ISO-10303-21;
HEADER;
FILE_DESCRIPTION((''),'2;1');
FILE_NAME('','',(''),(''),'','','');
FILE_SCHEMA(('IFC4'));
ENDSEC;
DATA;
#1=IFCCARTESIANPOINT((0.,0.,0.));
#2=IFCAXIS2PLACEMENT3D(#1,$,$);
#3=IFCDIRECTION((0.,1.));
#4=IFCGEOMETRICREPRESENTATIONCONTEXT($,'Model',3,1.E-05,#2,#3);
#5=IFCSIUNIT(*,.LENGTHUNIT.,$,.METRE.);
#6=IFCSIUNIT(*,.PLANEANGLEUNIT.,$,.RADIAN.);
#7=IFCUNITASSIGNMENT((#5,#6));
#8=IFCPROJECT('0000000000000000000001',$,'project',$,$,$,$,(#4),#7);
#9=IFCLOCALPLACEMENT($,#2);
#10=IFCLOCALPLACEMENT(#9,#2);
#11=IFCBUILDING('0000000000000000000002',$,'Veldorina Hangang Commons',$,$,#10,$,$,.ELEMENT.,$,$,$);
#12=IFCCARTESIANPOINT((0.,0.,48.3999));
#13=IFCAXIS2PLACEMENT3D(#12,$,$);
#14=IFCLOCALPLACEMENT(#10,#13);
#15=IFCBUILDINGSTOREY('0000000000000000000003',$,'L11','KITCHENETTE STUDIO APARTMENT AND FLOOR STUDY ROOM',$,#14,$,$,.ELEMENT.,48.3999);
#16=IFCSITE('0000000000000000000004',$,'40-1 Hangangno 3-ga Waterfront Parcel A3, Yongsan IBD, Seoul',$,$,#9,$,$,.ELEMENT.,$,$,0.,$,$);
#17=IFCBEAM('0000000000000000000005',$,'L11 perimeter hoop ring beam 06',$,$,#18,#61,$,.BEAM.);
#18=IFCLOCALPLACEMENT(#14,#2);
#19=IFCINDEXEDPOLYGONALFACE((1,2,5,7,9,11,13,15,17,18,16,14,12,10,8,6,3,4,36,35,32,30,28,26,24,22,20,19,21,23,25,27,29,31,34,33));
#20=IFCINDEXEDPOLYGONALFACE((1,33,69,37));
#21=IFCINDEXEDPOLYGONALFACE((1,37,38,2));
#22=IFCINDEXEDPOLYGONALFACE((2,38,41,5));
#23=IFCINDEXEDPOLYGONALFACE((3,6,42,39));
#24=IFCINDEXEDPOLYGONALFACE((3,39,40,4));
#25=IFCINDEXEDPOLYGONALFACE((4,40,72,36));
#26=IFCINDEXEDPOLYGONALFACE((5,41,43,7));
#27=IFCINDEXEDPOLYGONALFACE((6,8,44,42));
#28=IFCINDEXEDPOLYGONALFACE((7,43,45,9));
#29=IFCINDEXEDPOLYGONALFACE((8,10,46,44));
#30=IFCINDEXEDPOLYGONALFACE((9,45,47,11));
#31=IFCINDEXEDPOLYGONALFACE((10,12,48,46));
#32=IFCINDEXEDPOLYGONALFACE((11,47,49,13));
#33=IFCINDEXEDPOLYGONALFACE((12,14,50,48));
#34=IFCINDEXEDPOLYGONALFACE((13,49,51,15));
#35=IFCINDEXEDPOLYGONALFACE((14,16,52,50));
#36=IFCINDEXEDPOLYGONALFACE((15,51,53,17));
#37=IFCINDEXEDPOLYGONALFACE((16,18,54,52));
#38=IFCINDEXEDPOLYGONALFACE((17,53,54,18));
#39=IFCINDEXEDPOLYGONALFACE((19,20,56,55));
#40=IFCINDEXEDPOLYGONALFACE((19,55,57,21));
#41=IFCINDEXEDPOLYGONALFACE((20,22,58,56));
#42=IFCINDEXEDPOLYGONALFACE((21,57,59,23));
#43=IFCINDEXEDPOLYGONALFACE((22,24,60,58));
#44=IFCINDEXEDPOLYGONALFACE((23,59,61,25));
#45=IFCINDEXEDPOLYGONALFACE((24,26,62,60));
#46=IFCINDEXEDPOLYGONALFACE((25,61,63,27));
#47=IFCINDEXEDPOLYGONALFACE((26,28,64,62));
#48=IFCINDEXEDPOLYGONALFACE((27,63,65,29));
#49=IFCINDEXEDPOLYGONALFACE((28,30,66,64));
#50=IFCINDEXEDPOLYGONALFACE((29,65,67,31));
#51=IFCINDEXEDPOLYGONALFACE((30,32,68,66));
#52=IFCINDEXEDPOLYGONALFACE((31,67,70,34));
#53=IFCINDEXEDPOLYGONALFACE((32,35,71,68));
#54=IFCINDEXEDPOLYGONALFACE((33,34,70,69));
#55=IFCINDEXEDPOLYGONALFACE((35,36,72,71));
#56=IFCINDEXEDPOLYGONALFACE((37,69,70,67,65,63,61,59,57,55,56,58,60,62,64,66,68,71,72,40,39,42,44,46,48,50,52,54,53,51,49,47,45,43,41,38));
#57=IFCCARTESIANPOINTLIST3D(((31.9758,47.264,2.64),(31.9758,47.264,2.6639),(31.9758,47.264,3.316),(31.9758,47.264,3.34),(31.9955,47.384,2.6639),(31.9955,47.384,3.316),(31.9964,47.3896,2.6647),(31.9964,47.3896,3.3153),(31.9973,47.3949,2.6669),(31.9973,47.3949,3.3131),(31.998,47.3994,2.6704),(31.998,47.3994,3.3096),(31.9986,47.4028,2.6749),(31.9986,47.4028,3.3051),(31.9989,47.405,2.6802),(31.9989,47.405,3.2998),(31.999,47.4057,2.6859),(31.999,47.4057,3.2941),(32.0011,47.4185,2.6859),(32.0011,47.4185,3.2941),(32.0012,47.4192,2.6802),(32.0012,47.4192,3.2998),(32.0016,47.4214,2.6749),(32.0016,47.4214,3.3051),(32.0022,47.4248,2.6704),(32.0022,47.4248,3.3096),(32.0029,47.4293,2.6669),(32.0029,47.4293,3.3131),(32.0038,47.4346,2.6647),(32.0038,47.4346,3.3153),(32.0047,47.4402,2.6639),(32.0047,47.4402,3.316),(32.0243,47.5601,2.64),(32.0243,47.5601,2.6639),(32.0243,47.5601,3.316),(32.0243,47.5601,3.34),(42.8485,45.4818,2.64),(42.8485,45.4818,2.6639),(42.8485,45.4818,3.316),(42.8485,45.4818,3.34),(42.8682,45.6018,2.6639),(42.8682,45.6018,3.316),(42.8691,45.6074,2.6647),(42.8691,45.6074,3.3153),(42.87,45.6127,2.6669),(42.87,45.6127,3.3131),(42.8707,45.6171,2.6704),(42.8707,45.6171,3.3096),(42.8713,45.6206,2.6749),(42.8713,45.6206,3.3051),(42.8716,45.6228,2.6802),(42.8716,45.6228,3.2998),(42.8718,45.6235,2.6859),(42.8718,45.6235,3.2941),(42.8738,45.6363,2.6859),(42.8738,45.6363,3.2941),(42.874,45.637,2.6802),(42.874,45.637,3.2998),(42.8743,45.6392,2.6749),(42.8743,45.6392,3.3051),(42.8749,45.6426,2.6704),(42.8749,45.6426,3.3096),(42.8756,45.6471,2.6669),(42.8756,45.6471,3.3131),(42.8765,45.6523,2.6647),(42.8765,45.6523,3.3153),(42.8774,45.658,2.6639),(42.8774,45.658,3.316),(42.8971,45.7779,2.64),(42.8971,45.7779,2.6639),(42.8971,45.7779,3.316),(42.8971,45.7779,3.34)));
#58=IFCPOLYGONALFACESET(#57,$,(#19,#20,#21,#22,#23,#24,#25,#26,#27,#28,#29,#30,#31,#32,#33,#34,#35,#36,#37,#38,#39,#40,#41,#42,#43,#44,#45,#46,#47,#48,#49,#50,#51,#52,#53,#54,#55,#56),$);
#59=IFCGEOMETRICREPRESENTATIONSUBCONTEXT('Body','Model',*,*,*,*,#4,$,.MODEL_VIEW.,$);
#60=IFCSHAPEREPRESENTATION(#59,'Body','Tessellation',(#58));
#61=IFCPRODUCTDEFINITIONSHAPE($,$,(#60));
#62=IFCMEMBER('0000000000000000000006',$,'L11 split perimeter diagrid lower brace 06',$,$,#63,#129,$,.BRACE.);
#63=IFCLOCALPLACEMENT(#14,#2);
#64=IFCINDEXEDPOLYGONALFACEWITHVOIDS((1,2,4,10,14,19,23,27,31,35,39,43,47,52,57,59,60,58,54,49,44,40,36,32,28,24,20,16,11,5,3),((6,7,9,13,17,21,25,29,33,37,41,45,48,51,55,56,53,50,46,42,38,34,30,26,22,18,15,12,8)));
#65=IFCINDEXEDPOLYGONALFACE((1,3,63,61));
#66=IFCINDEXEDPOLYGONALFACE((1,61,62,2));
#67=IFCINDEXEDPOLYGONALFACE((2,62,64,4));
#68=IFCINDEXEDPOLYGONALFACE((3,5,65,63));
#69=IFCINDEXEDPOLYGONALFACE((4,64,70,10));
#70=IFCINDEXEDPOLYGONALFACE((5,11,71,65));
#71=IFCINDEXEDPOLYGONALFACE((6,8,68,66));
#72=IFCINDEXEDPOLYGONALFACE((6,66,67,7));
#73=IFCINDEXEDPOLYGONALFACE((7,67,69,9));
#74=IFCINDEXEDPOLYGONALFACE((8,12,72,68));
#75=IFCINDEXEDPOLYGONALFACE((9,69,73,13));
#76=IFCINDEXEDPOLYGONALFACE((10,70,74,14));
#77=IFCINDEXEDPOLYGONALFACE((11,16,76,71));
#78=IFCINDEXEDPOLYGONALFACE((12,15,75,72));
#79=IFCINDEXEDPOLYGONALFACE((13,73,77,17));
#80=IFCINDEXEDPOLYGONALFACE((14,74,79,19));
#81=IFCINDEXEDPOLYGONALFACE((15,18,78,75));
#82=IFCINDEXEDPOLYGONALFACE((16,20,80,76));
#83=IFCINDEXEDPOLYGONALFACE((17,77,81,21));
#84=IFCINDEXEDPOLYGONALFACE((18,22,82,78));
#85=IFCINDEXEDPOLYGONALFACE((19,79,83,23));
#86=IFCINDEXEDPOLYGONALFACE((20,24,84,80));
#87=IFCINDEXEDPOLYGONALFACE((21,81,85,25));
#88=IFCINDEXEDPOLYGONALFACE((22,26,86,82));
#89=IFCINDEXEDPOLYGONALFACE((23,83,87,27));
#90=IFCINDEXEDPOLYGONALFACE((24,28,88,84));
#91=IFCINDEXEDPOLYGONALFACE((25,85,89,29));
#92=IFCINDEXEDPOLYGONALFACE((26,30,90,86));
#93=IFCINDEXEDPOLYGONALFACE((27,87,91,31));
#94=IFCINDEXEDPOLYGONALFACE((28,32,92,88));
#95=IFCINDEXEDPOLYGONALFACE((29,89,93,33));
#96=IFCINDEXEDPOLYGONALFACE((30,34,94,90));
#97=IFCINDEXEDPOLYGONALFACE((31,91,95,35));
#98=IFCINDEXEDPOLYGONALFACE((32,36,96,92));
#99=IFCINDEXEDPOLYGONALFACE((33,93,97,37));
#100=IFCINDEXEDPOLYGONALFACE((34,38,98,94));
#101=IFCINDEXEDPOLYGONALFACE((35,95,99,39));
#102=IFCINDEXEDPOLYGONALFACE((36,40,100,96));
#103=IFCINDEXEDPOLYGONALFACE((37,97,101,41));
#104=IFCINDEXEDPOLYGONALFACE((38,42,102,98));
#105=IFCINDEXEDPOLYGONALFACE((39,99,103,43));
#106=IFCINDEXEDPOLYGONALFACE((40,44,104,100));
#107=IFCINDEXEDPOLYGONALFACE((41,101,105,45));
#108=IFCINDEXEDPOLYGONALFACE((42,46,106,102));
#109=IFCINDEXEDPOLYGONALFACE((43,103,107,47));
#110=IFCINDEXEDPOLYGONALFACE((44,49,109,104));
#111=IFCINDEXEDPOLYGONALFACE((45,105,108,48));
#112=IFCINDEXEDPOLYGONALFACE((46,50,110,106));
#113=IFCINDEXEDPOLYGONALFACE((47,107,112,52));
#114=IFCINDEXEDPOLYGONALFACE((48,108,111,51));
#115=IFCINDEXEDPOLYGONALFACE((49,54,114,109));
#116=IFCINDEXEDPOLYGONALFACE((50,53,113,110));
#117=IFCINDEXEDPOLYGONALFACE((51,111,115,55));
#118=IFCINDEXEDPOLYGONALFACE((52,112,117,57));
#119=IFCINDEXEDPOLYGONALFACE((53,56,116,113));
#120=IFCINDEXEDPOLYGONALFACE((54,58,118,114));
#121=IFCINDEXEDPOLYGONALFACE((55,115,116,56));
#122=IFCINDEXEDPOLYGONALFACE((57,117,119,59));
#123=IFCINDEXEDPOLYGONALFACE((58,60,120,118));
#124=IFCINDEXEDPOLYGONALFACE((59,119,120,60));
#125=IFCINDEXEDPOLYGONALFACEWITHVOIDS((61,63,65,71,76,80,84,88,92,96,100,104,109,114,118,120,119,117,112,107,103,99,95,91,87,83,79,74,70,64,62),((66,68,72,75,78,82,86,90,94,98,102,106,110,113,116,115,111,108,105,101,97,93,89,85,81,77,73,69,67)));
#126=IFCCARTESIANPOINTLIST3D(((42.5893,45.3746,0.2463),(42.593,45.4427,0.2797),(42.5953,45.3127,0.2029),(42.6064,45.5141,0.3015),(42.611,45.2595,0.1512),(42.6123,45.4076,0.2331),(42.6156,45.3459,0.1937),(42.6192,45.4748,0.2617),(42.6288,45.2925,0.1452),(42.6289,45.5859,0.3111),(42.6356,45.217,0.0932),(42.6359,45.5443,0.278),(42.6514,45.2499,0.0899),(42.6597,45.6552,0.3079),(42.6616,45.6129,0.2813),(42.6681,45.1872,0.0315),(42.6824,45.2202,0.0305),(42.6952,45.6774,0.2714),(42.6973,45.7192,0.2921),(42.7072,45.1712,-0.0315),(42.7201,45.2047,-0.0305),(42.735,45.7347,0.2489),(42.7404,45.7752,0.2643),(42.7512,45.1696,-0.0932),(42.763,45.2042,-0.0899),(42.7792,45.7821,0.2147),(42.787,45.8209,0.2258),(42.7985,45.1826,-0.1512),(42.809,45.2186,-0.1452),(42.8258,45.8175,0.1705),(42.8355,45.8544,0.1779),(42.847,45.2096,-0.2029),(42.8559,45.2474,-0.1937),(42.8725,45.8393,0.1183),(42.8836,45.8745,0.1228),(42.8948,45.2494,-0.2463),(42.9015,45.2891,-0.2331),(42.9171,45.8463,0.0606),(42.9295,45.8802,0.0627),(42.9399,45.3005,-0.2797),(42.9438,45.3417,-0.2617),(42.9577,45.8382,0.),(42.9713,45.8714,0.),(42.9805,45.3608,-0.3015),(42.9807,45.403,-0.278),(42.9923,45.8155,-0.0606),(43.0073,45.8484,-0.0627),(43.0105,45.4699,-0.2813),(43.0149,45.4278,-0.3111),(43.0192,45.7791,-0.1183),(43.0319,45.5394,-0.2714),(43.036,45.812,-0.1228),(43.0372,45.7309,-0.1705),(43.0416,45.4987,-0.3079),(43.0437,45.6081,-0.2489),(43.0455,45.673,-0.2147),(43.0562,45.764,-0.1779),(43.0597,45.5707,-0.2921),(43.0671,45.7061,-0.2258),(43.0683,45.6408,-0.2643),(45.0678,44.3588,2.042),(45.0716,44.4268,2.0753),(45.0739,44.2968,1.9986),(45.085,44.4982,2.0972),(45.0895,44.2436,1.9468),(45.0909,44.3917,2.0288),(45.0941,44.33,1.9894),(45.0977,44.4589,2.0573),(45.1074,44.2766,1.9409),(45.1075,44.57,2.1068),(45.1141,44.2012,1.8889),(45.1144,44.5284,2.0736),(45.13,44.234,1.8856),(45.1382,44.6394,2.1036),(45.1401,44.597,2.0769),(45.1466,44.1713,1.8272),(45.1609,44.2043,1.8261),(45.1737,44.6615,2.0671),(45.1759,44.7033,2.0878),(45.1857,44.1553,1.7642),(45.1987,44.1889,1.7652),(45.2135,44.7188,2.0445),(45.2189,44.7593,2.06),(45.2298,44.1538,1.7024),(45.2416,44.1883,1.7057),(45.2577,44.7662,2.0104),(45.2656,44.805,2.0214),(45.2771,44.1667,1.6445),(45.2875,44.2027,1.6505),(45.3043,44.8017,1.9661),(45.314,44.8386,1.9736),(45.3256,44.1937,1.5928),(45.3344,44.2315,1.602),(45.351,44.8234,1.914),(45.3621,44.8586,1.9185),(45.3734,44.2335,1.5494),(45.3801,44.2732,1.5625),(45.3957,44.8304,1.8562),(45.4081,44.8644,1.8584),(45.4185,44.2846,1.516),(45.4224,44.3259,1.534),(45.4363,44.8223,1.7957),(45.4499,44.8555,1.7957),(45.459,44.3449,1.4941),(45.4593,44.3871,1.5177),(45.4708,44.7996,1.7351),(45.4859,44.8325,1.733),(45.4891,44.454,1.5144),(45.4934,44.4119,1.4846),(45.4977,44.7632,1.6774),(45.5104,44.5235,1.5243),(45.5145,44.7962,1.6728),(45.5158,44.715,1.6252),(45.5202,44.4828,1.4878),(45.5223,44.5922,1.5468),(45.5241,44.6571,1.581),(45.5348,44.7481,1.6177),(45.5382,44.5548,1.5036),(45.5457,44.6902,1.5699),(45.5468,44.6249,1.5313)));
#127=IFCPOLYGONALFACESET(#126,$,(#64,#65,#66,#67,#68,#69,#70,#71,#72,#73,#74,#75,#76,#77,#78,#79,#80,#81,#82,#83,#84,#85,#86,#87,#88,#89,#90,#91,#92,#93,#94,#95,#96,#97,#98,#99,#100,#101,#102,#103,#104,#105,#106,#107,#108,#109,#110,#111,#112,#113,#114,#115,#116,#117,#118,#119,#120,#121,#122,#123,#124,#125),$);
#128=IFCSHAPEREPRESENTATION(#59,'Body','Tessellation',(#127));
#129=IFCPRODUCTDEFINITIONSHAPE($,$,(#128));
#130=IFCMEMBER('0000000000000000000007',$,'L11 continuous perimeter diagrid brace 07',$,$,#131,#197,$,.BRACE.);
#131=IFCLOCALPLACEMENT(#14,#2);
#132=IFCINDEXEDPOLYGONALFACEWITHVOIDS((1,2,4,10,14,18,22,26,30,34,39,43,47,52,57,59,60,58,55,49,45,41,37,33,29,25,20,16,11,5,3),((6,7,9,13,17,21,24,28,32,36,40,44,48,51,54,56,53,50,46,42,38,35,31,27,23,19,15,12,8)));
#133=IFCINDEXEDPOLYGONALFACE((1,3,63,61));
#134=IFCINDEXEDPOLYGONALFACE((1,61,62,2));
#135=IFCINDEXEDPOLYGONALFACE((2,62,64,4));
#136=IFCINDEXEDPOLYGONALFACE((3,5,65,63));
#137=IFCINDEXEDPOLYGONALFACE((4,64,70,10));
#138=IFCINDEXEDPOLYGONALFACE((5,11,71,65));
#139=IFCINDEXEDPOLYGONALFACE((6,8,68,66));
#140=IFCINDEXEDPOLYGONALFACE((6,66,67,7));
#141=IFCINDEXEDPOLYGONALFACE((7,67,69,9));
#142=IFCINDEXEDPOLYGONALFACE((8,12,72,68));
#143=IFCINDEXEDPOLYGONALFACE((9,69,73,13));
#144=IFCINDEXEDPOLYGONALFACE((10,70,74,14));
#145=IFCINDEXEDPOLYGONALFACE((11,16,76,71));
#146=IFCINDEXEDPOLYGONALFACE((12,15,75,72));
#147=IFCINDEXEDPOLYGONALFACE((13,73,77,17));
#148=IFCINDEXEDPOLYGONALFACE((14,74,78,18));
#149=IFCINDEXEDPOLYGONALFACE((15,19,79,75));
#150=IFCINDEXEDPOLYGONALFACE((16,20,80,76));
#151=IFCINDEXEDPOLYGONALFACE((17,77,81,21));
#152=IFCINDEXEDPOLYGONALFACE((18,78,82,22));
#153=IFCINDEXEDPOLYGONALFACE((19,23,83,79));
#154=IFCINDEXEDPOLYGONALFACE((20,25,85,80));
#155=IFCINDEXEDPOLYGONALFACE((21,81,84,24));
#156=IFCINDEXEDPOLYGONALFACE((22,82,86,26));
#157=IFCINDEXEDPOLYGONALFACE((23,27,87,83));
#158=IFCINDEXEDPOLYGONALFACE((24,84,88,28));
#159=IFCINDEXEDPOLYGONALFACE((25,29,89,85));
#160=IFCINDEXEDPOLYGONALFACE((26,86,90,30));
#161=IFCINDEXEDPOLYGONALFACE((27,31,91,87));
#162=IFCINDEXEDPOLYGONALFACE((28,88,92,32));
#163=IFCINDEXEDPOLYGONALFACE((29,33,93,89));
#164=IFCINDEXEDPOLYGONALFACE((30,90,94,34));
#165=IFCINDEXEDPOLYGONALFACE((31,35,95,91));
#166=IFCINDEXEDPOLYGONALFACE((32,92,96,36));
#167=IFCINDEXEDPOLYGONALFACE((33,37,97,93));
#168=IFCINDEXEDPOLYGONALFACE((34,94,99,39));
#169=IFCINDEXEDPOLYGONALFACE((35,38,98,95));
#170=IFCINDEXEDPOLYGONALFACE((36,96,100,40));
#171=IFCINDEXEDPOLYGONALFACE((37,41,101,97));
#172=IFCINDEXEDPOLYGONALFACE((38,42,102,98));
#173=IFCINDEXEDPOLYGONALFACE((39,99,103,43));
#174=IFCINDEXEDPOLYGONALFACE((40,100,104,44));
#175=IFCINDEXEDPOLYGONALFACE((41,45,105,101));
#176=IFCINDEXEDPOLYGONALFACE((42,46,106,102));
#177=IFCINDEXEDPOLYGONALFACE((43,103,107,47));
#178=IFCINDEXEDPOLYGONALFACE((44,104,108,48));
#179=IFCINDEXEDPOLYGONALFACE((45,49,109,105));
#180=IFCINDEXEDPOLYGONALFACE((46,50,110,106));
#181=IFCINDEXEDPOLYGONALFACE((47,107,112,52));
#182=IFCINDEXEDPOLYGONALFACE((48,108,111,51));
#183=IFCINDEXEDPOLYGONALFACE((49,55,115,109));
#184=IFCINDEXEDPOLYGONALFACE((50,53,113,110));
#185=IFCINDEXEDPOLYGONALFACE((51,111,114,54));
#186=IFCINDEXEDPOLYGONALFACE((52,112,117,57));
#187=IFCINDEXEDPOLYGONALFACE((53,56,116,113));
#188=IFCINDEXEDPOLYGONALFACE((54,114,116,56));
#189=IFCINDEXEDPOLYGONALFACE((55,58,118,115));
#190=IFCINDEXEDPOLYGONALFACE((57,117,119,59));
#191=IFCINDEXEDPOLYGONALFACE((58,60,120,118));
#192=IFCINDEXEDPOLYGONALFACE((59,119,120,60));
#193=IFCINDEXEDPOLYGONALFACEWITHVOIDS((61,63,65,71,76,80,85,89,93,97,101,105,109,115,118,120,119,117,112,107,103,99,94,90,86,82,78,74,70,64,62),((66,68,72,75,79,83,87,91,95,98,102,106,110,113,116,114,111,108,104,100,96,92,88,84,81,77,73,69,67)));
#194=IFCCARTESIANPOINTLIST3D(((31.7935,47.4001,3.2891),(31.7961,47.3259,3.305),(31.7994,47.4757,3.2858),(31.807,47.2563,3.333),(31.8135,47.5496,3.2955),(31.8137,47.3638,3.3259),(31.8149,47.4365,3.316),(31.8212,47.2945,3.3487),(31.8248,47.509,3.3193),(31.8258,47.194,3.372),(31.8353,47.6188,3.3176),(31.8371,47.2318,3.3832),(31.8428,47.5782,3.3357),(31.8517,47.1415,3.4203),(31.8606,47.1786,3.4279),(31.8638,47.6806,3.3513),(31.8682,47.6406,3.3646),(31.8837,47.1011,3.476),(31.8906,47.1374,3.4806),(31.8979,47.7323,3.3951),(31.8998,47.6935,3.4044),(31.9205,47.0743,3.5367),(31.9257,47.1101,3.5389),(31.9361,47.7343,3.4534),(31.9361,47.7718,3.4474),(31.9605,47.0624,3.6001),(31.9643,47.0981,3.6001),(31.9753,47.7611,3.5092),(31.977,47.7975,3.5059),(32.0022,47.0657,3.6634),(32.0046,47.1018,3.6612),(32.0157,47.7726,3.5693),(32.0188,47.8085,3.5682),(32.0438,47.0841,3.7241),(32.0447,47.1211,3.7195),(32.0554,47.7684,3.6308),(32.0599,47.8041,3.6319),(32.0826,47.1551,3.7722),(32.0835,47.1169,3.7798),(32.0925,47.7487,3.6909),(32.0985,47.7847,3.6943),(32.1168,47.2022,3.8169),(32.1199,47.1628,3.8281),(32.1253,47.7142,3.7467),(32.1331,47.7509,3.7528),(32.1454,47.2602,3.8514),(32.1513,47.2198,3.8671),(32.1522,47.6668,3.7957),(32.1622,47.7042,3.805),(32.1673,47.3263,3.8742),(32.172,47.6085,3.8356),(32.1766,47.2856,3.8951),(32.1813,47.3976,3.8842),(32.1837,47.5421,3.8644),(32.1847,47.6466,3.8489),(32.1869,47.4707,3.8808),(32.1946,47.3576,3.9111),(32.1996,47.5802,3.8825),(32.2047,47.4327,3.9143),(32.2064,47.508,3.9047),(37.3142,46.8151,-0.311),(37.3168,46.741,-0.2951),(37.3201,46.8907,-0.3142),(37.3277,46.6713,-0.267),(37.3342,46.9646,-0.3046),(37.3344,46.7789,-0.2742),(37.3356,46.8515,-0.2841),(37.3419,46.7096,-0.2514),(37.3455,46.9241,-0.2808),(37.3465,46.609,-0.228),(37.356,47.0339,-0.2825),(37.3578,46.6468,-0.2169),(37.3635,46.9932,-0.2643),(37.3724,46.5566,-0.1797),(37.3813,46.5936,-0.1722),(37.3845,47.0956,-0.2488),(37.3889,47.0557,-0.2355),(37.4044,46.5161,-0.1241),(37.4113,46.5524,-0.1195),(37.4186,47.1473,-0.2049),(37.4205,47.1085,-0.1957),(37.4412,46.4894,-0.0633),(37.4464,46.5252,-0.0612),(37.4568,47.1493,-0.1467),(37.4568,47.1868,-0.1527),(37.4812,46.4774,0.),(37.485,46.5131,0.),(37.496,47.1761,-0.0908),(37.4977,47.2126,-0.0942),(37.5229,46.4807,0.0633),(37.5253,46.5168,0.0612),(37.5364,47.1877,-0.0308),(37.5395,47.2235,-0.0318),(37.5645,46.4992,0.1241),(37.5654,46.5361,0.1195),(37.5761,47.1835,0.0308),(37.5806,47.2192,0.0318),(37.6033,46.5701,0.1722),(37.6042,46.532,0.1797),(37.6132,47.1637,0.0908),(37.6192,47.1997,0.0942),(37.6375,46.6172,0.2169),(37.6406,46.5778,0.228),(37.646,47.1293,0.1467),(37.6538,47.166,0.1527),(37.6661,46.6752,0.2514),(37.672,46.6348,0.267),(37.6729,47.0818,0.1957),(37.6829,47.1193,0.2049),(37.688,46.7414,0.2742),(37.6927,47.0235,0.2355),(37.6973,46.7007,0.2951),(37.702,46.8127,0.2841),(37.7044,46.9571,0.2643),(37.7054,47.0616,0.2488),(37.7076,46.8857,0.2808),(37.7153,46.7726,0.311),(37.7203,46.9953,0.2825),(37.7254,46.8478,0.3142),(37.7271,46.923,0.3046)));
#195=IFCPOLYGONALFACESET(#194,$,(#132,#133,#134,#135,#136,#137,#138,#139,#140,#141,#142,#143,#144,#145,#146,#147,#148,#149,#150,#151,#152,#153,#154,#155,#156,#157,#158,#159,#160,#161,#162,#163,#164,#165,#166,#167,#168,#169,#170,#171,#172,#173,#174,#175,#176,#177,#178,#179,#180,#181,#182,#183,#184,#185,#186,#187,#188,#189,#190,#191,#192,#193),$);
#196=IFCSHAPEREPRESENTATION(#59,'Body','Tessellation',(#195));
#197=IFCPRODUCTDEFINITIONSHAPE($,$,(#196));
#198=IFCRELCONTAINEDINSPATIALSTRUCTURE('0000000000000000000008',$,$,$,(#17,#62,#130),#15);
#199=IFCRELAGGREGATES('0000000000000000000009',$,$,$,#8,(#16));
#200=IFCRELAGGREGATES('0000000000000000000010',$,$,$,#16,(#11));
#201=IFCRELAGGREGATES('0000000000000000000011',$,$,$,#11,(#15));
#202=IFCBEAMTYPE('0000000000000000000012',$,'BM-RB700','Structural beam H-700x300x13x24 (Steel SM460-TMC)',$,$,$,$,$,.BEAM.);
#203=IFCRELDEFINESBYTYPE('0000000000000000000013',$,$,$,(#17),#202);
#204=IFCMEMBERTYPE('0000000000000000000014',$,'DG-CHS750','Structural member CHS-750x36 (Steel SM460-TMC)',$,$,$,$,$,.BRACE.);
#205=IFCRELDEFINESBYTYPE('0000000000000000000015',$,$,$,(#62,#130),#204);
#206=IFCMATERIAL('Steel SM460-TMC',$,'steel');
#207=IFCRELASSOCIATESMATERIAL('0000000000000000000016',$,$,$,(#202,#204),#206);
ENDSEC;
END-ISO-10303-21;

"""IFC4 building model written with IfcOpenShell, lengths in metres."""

from ifc_helpers import new_model, si_unit, direction, frame, origin, origin_2d, place, context, subcontext, project, spatial, hollow_circle, i_section, extrude, material, material_profile, profile_set, type_object, element, save


model = new_model("IFC4")

# Units and contexts
model_context = context("Model", 3, precision=1e-05, world=origin(), true_north=direction((0.0, 1.0)))
body_context = subcontext(model_context, "Body", "Model", "MODEL_VIEW")
ifc_project = project(units=[si_unit("LENGTHUNIT", "METRE"), si_unit("PLANEANGLEUNIT", "RADIAN")], contexts=[model_context])

# Site, building, storey
site_placement = place(None, origin())
site = spatial("IfcSite", under=ifc_project, at=site_placement, Name="40-1 Hangangno 3-ga Waterfront Parcel A3, Yongsan IBD, Seoul", CompositionType="ELEMENT", RefElevation=0.0)
building_placement = place(site_placement, origin())
building = spatial("IfcBuilding", under=site, at=building_placement, Name="Veldorina Hangang Commons", CompositionType="ELEMENT")
storey_placement = place(building_placement, frame((0.0, 0.0, 48.3999)))
storey = spatial("IfcBuildingStorey", under=building, at=storey_placement, Name="L11", Description="KITCHENETTE STUDIO APARTMENT AND FLOOR STUDY ROOM", CompositionType="ELEMENT", Elevation=48.3999)

# Beam
ifc_material_1 = material(Name="Steel SM460-TMC", Category="steel")
ifc_material_profile_1 = material_profile(ifc_material_1, i_section(OverallWidth=0.3, OverallDepth=0.7, WebThickness=0.0129, FlangeThickness=0.0239, FilletRadius=0.022, at=origin_2d()), Name="H-700x300x13x24")
ifc_profile_set_1 = profile_set([ifc_material_profile_1], Name="Steel SM460-TMC")
beam_type = type_object("IfcBeamType", Name="BM-RB700", Description="Structural beam H-700x300x13x24 (Steel SM460-TMC)", PredefinedType="BEAM", material=ifc_profile_set_1)
beam_placement = place(storey_placement, frame((42.8728, 45.6299, 2.99), z_axis=(-0.986831, 0.161757, 0.0), x_axis=(-0.161757, -0.986831, 0.0)))
element("IfcBeam", 1, at=beam_placement, inside=storey, type_object=beam_type, Name="L11 perimeter hoop ring beam 06", PredefinedType="BEAM", context=body_context, shape_type="SweptSolid", body=[
    extrude(i_section(OverallWidth=0.3, OverallDepth=0.7, WebThickness=0.0129, FlangeThickness=0.0239, FilletRadius=0.022, at=origin_2d()), origin(), (0.0, 0.0, 1.0), 11.0178),
])

# Members
ifc_material_profile_2 = material_profile(ifc_material_1, hollow_circle(Radius=0.375, WallThickness=0.0359, at=origin_2d()), Name="CHS-750x36")
ifc_profile_set_2 = profile_set([ifc_material_profile_2], Name="Steel SM460-TMC")
member_type = type_object("IfcMemberType", Name="DG-CHS750", Description="Structural member CHS-750x36 (Steel SM460-TMC)", PredefinedType="BRACE", material=ifc_profile_set_2)
member_1_placement = place(storey_placement, frame((42.8291, 45.5244, 0.0), z_axis=(0.768577, -0.315017, 0.556825), x_axis=(0.37925, 0.925294, 0.0)))
element("IfcMember", 2, at=member_1_placement, inside=storey, type_object=member_type, Name="L11 split perimeter diagrid lower brace 06", PredefinedType="BRACE", context=body_context, shape_type="SweptSolid", body=[
    extrude(hollow_circle(Radius=0.375, WallThickness=0.0359, at=origin_2d()), origin(), (0.0, 0.0, 1.0), 3.2249),
])
member_2_placement = place(storey_placement, frame((37.5208, 46.8503, 0.0), z_axis=(-0.834358, 0.088406, 0.544087), x_axis=(-0.105367, -0.994433, 0.0)))
element("IfcMember", 3, at=member_2_placement, inside=storey, type_object=member_type, Name="L11 continuous perimeter diagrid brace 07", PredefinedType="BRACE", context=body_context, shape_type="SweptSolid", body=[
    extrude(hollow_circle(Radius=0.375, WallThickness=0.0359, at=origin_2d()), origin(), (0.0, 0.0, 1.0), 6.6167),
])

save(model, "model.ifc")
